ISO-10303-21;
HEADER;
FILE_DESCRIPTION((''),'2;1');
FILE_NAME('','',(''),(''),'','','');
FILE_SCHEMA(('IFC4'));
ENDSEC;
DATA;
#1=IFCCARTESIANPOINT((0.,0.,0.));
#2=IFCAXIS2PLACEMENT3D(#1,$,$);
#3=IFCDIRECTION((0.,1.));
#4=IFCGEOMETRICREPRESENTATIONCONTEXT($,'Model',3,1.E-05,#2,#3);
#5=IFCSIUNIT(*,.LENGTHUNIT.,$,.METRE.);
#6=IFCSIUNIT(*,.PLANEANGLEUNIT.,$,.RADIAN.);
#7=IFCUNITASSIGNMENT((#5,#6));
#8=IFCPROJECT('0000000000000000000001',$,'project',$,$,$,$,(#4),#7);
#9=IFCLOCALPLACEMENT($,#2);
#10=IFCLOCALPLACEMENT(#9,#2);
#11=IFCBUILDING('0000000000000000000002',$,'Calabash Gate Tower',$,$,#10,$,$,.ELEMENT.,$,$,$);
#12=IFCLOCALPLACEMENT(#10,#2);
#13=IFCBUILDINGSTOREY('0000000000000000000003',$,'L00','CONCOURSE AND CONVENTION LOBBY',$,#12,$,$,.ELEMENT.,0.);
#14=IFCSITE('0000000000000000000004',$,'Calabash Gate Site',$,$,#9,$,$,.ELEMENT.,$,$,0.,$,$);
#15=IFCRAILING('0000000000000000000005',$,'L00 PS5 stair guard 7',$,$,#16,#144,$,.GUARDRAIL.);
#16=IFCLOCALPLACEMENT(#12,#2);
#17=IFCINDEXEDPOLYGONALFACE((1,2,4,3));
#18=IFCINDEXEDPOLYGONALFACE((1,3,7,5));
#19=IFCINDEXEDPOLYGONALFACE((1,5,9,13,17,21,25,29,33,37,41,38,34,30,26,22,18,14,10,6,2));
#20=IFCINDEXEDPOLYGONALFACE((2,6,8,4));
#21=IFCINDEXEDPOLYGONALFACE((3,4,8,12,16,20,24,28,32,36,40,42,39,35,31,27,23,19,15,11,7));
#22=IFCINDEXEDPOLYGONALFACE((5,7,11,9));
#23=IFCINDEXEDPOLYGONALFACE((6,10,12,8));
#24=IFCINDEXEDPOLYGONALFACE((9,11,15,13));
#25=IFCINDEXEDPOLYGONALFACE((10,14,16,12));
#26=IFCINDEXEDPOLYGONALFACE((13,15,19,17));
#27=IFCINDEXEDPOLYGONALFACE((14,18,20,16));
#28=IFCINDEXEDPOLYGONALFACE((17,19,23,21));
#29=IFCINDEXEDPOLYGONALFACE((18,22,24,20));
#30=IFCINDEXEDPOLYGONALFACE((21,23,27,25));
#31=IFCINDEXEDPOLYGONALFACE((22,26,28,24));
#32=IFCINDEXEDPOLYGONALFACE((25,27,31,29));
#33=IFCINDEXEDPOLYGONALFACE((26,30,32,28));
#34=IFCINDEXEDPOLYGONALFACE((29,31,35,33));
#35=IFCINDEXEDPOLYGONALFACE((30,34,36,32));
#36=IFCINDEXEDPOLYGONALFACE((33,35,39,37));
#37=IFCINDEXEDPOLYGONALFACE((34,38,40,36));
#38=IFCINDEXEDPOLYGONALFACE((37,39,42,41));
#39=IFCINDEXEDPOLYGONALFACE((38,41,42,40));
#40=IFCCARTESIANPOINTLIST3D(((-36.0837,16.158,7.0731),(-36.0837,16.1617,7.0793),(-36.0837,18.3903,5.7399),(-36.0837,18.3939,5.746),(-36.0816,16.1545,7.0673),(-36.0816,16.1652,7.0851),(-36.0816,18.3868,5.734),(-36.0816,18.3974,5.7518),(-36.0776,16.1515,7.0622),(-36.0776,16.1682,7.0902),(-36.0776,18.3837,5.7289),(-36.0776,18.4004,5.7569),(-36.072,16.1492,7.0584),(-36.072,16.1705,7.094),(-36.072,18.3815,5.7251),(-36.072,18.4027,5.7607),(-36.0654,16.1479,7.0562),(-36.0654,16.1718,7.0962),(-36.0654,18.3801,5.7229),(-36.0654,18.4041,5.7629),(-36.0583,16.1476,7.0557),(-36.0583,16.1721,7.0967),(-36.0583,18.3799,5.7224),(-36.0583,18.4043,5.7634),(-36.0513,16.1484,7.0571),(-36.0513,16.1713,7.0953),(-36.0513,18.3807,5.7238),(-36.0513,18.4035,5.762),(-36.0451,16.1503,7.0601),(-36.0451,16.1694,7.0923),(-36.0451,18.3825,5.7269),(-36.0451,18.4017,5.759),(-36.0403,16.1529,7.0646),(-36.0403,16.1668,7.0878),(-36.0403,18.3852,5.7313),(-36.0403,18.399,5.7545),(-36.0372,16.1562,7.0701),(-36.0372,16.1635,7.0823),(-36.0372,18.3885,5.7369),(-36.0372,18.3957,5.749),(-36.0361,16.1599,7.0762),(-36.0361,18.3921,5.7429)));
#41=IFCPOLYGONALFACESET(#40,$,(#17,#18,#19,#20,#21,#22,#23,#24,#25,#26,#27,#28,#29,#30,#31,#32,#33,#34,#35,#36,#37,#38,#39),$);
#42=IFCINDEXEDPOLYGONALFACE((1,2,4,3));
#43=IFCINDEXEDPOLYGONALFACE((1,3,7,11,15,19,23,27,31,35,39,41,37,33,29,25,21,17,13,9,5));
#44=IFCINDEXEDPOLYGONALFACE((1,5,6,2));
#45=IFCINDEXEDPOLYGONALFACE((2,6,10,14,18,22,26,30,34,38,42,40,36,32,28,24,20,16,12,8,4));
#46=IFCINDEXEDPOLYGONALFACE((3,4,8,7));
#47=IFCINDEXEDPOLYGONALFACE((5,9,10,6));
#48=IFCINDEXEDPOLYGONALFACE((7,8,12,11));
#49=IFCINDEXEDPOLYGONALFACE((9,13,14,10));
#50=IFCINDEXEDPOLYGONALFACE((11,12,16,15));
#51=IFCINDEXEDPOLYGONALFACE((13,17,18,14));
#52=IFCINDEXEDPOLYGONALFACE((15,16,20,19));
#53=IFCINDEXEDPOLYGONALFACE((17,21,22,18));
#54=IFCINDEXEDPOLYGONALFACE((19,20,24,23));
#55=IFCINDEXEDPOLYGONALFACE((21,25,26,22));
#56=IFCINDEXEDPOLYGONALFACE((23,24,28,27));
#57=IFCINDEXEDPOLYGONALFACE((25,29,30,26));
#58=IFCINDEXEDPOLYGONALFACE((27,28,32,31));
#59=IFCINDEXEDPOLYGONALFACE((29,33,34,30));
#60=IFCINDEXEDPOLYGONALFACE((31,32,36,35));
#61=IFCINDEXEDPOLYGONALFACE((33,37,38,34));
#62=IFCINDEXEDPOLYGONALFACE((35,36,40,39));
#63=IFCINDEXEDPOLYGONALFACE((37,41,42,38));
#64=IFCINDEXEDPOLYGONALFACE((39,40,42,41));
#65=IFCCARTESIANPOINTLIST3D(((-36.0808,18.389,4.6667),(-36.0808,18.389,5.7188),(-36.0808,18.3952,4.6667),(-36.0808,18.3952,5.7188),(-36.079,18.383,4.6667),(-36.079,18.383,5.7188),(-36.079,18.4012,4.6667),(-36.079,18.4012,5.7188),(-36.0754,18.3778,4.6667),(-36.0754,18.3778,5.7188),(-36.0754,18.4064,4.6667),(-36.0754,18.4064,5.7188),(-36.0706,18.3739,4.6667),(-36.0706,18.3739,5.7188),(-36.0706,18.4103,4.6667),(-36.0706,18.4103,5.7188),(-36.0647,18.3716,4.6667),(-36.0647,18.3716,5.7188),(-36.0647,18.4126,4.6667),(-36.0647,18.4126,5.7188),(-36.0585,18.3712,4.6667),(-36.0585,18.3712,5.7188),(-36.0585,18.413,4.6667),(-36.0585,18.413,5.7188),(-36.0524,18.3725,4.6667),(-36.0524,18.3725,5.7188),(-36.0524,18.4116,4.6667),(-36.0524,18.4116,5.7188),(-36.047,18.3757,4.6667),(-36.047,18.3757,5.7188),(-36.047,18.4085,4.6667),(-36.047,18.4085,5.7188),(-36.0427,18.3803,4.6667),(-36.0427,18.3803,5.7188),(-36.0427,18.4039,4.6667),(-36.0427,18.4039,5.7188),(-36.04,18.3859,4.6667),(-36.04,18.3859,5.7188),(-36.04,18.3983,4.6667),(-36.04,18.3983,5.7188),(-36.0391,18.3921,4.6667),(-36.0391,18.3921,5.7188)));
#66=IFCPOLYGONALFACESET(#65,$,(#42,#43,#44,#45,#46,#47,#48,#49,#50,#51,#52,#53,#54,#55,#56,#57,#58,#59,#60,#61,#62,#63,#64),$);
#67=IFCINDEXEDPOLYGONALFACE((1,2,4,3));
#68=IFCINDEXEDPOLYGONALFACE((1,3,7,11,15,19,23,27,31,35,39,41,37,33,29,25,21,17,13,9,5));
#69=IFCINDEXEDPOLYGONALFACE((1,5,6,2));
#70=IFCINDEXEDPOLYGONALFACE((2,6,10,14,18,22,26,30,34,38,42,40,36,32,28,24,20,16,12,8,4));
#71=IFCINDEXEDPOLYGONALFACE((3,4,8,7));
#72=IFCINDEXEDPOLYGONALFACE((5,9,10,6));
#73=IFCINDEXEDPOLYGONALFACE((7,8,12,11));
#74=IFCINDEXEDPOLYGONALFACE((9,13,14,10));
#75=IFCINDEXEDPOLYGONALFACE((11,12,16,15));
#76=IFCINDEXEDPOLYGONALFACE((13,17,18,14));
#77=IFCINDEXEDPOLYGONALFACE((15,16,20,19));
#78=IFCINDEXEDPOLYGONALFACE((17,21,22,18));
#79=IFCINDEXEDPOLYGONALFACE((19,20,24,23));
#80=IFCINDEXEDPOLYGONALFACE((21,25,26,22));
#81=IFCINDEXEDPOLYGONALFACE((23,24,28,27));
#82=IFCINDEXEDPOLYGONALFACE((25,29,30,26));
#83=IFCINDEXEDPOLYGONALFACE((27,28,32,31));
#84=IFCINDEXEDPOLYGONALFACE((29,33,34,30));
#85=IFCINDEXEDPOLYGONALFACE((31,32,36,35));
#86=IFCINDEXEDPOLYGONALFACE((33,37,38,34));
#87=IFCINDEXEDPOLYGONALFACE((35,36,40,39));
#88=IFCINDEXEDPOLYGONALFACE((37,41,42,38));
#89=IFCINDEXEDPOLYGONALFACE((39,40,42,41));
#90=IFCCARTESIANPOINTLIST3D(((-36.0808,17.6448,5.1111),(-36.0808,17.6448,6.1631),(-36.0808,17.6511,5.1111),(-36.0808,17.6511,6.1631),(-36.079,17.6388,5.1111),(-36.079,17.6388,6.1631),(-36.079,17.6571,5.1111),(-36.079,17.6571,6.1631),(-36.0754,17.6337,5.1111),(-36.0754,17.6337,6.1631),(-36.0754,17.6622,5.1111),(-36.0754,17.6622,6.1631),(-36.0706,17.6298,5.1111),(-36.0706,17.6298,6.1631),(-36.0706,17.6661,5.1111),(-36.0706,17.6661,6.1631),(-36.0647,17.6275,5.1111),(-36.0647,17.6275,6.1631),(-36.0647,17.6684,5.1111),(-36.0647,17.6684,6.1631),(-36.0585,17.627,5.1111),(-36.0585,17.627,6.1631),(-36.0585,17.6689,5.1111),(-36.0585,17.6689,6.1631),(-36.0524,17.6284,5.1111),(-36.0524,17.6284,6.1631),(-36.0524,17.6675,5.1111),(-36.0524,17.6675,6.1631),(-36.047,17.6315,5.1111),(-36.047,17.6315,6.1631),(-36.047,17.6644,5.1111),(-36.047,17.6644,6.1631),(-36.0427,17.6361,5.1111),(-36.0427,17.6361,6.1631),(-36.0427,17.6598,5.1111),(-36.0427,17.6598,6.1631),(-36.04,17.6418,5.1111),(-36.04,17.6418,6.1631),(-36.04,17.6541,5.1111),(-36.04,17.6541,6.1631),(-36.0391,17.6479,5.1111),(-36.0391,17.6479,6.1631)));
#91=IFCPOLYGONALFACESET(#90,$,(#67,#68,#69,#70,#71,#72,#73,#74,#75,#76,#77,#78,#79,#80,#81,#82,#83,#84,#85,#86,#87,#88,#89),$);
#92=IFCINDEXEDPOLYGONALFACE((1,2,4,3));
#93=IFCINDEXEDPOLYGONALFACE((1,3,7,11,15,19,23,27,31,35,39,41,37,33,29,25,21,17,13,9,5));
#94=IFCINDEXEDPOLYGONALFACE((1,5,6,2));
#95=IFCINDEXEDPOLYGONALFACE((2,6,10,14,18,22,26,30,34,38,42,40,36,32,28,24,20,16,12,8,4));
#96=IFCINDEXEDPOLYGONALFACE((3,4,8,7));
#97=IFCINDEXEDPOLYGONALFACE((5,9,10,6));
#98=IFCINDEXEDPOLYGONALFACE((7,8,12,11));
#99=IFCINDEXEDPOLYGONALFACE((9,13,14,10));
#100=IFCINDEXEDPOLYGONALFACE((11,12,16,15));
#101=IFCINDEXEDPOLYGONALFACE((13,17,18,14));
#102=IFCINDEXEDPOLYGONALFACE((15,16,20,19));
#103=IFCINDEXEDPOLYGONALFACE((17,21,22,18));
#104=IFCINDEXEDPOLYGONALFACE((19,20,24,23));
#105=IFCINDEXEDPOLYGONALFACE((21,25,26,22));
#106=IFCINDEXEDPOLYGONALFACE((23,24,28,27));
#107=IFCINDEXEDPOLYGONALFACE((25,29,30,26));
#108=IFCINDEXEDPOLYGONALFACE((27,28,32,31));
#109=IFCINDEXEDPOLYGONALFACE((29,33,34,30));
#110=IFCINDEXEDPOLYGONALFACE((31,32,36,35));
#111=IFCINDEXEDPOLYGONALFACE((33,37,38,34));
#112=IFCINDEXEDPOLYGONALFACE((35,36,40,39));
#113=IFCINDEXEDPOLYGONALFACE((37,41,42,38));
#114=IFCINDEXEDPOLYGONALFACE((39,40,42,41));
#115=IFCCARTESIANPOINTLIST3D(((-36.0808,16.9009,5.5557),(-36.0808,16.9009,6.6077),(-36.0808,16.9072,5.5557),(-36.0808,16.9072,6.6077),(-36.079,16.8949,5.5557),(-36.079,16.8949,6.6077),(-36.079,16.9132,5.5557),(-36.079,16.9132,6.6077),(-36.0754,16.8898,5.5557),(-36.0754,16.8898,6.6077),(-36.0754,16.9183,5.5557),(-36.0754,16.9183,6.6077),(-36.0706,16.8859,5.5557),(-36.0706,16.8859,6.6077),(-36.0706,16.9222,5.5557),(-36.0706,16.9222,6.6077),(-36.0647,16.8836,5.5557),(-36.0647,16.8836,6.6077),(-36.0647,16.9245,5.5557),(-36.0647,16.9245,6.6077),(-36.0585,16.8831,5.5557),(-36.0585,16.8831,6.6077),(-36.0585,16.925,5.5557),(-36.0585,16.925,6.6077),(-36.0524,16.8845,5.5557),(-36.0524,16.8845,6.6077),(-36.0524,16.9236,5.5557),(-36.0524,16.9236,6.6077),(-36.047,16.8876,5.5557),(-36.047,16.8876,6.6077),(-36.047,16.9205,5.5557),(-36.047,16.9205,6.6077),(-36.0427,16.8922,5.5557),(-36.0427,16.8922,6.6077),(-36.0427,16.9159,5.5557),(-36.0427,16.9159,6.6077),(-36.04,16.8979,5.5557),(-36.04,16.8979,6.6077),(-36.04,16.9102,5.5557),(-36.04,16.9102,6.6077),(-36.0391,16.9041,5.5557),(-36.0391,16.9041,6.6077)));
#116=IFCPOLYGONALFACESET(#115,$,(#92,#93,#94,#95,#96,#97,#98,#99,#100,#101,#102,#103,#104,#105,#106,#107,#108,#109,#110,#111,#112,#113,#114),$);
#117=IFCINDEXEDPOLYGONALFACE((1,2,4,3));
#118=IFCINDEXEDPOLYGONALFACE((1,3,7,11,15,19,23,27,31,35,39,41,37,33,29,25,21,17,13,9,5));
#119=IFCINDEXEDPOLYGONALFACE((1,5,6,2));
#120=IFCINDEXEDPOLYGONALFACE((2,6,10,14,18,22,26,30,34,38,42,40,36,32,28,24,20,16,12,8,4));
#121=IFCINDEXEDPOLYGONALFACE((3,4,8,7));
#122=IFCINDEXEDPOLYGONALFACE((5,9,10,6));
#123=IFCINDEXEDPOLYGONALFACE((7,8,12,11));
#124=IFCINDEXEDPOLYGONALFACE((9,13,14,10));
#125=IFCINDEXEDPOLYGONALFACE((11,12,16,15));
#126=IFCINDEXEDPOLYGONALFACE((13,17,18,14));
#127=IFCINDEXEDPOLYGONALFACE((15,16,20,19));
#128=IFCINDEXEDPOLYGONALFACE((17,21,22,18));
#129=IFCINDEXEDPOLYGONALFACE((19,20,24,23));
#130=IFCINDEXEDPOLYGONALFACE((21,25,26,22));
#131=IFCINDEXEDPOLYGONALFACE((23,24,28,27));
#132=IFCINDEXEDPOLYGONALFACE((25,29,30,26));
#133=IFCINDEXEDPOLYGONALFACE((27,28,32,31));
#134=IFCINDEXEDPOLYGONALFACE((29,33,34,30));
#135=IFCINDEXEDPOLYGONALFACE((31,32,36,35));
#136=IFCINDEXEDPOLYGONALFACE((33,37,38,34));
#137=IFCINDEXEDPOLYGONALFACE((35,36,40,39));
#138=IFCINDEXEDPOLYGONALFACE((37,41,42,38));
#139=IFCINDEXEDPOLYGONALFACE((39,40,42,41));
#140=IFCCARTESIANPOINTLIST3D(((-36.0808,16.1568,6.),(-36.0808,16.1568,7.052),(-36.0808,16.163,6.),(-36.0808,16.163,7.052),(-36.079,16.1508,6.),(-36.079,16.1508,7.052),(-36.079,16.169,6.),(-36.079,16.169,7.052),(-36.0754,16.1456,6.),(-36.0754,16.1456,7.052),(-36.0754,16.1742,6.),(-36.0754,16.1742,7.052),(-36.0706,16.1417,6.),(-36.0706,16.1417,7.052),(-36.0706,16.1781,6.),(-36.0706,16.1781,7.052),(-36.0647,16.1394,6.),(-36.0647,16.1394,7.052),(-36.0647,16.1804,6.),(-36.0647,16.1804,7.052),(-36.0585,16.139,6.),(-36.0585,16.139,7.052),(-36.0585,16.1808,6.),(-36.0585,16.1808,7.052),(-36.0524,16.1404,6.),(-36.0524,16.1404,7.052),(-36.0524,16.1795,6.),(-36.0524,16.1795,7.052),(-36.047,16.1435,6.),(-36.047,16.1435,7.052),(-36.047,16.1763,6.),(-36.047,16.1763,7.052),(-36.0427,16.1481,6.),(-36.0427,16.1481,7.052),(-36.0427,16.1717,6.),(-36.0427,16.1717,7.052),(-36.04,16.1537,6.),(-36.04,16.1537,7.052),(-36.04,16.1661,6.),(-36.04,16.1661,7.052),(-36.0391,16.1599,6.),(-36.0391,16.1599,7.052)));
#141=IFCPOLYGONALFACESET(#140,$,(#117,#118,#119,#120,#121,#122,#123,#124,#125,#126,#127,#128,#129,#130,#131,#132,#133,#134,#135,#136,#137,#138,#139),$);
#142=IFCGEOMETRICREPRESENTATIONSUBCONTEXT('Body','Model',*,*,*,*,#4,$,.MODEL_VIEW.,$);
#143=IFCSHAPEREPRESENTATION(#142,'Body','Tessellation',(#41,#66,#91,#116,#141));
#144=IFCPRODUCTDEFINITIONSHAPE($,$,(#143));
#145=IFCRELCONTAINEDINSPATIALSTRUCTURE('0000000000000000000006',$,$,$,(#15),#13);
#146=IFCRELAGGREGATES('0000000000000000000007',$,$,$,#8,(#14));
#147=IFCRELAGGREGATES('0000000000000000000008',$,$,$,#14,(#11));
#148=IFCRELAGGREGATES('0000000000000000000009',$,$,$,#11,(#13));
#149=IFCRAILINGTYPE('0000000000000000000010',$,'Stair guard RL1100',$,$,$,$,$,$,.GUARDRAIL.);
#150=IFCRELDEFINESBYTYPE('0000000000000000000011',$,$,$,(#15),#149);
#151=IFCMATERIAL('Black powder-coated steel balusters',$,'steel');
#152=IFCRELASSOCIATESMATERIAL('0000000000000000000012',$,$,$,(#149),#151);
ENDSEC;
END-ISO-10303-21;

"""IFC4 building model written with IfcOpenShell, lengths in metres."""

from ifc_helpers import new_model, si_unit, direction, frame, origin, origin_2d, place, context, subcontext, project, spatial, circle, extrude, material, type_object, element, save


model = new_model("IFC4")

# Units and contexts
model_context = context("Model", 3, precision=1e-05, world=origin(), true_north=direction((0.0, 1.0)))
body_context = subcontext(model_context, "Body", "Model", "MODEL_VIEW")
ifc_project = project(units=[si_unit("LENGTHUNIT", "METRE"), si_unit("PLANEANGLEUNIT", "RADIAN")], contexts=[model_context])

# Site, building, storey
site_placement = place(None, origin())
site = spatial("IfcSite", under=ifc_project, at=site_placement, Name="Calabash Gate Site", CompositionType="ELEMENT", RefElevation=0.0)
building_placement = place(site_placement, origin())
building = spatial("IfcBuilding", under=site, at=building_placement, Name="Calabash Gate Tower", CompositionType="ELEMENT")
storey_placement = place(building_placement, origin())
storey = spatial("IfcBuildingStorey", under=building, at=storey_placement, Name="L00", Description="CONCOURSE AND CONVENTION LOBBY", CompositionType="ELEMENT", Elevation=0.0)

# Railing
ifc_material_1 = material(Name="Black powder-coated steel balusters", Category="steel")
railing_type_1 = type_object("IfcRailingType", Name="Stair guard RL1100", PredefinedType="GUARDRAIL", material=ifc_material_1)
railing_1_placement = place(storey_placement, frame((-36.0601, 18.3921, 4.6667)))
element("IfcRailing", 1, at=railing_1_placement, inside=storey, type_object=railing_type_1, Name="L00 PS5 stair guard 7", PredefinedType="GUARDRAIL", context=body_context, shape_type="SweptSolid", body=[
    extrude(circle(Radius=0.0239, at=origin_2d()), frame((0.0, 0.0, 1.0762), z_axis=(0.0, -0.858519, 0.512782), x_axis=(1.0, 0.0, 0.0)), (0.0, 0.0, 1.0), 2.6001),
    extrude(circle(Radius=0.021, at=origin_2d()), origin(), (0.0, 0.0, 1.0), 1.052),
    extrude(circle(Radius=0.021, at=origin_2d()), frame((0.0, -0.7441, 0.4443)), (0.0, 0.0, 1.0), 1.052),
    extrude(circle(Radius=0.021, at=origin_2d()), frame((0.0, -1.488, 0.8889)), (0.0, 0.0, 1.0), 1.052),
    extrude(circle(Radius=0.021, at=origin_2d()), frame((0.0, -2.2322, 1.3333)), (0.0, 0.0, 1.0), 1.052),
])

save(model, "model.ifc")
